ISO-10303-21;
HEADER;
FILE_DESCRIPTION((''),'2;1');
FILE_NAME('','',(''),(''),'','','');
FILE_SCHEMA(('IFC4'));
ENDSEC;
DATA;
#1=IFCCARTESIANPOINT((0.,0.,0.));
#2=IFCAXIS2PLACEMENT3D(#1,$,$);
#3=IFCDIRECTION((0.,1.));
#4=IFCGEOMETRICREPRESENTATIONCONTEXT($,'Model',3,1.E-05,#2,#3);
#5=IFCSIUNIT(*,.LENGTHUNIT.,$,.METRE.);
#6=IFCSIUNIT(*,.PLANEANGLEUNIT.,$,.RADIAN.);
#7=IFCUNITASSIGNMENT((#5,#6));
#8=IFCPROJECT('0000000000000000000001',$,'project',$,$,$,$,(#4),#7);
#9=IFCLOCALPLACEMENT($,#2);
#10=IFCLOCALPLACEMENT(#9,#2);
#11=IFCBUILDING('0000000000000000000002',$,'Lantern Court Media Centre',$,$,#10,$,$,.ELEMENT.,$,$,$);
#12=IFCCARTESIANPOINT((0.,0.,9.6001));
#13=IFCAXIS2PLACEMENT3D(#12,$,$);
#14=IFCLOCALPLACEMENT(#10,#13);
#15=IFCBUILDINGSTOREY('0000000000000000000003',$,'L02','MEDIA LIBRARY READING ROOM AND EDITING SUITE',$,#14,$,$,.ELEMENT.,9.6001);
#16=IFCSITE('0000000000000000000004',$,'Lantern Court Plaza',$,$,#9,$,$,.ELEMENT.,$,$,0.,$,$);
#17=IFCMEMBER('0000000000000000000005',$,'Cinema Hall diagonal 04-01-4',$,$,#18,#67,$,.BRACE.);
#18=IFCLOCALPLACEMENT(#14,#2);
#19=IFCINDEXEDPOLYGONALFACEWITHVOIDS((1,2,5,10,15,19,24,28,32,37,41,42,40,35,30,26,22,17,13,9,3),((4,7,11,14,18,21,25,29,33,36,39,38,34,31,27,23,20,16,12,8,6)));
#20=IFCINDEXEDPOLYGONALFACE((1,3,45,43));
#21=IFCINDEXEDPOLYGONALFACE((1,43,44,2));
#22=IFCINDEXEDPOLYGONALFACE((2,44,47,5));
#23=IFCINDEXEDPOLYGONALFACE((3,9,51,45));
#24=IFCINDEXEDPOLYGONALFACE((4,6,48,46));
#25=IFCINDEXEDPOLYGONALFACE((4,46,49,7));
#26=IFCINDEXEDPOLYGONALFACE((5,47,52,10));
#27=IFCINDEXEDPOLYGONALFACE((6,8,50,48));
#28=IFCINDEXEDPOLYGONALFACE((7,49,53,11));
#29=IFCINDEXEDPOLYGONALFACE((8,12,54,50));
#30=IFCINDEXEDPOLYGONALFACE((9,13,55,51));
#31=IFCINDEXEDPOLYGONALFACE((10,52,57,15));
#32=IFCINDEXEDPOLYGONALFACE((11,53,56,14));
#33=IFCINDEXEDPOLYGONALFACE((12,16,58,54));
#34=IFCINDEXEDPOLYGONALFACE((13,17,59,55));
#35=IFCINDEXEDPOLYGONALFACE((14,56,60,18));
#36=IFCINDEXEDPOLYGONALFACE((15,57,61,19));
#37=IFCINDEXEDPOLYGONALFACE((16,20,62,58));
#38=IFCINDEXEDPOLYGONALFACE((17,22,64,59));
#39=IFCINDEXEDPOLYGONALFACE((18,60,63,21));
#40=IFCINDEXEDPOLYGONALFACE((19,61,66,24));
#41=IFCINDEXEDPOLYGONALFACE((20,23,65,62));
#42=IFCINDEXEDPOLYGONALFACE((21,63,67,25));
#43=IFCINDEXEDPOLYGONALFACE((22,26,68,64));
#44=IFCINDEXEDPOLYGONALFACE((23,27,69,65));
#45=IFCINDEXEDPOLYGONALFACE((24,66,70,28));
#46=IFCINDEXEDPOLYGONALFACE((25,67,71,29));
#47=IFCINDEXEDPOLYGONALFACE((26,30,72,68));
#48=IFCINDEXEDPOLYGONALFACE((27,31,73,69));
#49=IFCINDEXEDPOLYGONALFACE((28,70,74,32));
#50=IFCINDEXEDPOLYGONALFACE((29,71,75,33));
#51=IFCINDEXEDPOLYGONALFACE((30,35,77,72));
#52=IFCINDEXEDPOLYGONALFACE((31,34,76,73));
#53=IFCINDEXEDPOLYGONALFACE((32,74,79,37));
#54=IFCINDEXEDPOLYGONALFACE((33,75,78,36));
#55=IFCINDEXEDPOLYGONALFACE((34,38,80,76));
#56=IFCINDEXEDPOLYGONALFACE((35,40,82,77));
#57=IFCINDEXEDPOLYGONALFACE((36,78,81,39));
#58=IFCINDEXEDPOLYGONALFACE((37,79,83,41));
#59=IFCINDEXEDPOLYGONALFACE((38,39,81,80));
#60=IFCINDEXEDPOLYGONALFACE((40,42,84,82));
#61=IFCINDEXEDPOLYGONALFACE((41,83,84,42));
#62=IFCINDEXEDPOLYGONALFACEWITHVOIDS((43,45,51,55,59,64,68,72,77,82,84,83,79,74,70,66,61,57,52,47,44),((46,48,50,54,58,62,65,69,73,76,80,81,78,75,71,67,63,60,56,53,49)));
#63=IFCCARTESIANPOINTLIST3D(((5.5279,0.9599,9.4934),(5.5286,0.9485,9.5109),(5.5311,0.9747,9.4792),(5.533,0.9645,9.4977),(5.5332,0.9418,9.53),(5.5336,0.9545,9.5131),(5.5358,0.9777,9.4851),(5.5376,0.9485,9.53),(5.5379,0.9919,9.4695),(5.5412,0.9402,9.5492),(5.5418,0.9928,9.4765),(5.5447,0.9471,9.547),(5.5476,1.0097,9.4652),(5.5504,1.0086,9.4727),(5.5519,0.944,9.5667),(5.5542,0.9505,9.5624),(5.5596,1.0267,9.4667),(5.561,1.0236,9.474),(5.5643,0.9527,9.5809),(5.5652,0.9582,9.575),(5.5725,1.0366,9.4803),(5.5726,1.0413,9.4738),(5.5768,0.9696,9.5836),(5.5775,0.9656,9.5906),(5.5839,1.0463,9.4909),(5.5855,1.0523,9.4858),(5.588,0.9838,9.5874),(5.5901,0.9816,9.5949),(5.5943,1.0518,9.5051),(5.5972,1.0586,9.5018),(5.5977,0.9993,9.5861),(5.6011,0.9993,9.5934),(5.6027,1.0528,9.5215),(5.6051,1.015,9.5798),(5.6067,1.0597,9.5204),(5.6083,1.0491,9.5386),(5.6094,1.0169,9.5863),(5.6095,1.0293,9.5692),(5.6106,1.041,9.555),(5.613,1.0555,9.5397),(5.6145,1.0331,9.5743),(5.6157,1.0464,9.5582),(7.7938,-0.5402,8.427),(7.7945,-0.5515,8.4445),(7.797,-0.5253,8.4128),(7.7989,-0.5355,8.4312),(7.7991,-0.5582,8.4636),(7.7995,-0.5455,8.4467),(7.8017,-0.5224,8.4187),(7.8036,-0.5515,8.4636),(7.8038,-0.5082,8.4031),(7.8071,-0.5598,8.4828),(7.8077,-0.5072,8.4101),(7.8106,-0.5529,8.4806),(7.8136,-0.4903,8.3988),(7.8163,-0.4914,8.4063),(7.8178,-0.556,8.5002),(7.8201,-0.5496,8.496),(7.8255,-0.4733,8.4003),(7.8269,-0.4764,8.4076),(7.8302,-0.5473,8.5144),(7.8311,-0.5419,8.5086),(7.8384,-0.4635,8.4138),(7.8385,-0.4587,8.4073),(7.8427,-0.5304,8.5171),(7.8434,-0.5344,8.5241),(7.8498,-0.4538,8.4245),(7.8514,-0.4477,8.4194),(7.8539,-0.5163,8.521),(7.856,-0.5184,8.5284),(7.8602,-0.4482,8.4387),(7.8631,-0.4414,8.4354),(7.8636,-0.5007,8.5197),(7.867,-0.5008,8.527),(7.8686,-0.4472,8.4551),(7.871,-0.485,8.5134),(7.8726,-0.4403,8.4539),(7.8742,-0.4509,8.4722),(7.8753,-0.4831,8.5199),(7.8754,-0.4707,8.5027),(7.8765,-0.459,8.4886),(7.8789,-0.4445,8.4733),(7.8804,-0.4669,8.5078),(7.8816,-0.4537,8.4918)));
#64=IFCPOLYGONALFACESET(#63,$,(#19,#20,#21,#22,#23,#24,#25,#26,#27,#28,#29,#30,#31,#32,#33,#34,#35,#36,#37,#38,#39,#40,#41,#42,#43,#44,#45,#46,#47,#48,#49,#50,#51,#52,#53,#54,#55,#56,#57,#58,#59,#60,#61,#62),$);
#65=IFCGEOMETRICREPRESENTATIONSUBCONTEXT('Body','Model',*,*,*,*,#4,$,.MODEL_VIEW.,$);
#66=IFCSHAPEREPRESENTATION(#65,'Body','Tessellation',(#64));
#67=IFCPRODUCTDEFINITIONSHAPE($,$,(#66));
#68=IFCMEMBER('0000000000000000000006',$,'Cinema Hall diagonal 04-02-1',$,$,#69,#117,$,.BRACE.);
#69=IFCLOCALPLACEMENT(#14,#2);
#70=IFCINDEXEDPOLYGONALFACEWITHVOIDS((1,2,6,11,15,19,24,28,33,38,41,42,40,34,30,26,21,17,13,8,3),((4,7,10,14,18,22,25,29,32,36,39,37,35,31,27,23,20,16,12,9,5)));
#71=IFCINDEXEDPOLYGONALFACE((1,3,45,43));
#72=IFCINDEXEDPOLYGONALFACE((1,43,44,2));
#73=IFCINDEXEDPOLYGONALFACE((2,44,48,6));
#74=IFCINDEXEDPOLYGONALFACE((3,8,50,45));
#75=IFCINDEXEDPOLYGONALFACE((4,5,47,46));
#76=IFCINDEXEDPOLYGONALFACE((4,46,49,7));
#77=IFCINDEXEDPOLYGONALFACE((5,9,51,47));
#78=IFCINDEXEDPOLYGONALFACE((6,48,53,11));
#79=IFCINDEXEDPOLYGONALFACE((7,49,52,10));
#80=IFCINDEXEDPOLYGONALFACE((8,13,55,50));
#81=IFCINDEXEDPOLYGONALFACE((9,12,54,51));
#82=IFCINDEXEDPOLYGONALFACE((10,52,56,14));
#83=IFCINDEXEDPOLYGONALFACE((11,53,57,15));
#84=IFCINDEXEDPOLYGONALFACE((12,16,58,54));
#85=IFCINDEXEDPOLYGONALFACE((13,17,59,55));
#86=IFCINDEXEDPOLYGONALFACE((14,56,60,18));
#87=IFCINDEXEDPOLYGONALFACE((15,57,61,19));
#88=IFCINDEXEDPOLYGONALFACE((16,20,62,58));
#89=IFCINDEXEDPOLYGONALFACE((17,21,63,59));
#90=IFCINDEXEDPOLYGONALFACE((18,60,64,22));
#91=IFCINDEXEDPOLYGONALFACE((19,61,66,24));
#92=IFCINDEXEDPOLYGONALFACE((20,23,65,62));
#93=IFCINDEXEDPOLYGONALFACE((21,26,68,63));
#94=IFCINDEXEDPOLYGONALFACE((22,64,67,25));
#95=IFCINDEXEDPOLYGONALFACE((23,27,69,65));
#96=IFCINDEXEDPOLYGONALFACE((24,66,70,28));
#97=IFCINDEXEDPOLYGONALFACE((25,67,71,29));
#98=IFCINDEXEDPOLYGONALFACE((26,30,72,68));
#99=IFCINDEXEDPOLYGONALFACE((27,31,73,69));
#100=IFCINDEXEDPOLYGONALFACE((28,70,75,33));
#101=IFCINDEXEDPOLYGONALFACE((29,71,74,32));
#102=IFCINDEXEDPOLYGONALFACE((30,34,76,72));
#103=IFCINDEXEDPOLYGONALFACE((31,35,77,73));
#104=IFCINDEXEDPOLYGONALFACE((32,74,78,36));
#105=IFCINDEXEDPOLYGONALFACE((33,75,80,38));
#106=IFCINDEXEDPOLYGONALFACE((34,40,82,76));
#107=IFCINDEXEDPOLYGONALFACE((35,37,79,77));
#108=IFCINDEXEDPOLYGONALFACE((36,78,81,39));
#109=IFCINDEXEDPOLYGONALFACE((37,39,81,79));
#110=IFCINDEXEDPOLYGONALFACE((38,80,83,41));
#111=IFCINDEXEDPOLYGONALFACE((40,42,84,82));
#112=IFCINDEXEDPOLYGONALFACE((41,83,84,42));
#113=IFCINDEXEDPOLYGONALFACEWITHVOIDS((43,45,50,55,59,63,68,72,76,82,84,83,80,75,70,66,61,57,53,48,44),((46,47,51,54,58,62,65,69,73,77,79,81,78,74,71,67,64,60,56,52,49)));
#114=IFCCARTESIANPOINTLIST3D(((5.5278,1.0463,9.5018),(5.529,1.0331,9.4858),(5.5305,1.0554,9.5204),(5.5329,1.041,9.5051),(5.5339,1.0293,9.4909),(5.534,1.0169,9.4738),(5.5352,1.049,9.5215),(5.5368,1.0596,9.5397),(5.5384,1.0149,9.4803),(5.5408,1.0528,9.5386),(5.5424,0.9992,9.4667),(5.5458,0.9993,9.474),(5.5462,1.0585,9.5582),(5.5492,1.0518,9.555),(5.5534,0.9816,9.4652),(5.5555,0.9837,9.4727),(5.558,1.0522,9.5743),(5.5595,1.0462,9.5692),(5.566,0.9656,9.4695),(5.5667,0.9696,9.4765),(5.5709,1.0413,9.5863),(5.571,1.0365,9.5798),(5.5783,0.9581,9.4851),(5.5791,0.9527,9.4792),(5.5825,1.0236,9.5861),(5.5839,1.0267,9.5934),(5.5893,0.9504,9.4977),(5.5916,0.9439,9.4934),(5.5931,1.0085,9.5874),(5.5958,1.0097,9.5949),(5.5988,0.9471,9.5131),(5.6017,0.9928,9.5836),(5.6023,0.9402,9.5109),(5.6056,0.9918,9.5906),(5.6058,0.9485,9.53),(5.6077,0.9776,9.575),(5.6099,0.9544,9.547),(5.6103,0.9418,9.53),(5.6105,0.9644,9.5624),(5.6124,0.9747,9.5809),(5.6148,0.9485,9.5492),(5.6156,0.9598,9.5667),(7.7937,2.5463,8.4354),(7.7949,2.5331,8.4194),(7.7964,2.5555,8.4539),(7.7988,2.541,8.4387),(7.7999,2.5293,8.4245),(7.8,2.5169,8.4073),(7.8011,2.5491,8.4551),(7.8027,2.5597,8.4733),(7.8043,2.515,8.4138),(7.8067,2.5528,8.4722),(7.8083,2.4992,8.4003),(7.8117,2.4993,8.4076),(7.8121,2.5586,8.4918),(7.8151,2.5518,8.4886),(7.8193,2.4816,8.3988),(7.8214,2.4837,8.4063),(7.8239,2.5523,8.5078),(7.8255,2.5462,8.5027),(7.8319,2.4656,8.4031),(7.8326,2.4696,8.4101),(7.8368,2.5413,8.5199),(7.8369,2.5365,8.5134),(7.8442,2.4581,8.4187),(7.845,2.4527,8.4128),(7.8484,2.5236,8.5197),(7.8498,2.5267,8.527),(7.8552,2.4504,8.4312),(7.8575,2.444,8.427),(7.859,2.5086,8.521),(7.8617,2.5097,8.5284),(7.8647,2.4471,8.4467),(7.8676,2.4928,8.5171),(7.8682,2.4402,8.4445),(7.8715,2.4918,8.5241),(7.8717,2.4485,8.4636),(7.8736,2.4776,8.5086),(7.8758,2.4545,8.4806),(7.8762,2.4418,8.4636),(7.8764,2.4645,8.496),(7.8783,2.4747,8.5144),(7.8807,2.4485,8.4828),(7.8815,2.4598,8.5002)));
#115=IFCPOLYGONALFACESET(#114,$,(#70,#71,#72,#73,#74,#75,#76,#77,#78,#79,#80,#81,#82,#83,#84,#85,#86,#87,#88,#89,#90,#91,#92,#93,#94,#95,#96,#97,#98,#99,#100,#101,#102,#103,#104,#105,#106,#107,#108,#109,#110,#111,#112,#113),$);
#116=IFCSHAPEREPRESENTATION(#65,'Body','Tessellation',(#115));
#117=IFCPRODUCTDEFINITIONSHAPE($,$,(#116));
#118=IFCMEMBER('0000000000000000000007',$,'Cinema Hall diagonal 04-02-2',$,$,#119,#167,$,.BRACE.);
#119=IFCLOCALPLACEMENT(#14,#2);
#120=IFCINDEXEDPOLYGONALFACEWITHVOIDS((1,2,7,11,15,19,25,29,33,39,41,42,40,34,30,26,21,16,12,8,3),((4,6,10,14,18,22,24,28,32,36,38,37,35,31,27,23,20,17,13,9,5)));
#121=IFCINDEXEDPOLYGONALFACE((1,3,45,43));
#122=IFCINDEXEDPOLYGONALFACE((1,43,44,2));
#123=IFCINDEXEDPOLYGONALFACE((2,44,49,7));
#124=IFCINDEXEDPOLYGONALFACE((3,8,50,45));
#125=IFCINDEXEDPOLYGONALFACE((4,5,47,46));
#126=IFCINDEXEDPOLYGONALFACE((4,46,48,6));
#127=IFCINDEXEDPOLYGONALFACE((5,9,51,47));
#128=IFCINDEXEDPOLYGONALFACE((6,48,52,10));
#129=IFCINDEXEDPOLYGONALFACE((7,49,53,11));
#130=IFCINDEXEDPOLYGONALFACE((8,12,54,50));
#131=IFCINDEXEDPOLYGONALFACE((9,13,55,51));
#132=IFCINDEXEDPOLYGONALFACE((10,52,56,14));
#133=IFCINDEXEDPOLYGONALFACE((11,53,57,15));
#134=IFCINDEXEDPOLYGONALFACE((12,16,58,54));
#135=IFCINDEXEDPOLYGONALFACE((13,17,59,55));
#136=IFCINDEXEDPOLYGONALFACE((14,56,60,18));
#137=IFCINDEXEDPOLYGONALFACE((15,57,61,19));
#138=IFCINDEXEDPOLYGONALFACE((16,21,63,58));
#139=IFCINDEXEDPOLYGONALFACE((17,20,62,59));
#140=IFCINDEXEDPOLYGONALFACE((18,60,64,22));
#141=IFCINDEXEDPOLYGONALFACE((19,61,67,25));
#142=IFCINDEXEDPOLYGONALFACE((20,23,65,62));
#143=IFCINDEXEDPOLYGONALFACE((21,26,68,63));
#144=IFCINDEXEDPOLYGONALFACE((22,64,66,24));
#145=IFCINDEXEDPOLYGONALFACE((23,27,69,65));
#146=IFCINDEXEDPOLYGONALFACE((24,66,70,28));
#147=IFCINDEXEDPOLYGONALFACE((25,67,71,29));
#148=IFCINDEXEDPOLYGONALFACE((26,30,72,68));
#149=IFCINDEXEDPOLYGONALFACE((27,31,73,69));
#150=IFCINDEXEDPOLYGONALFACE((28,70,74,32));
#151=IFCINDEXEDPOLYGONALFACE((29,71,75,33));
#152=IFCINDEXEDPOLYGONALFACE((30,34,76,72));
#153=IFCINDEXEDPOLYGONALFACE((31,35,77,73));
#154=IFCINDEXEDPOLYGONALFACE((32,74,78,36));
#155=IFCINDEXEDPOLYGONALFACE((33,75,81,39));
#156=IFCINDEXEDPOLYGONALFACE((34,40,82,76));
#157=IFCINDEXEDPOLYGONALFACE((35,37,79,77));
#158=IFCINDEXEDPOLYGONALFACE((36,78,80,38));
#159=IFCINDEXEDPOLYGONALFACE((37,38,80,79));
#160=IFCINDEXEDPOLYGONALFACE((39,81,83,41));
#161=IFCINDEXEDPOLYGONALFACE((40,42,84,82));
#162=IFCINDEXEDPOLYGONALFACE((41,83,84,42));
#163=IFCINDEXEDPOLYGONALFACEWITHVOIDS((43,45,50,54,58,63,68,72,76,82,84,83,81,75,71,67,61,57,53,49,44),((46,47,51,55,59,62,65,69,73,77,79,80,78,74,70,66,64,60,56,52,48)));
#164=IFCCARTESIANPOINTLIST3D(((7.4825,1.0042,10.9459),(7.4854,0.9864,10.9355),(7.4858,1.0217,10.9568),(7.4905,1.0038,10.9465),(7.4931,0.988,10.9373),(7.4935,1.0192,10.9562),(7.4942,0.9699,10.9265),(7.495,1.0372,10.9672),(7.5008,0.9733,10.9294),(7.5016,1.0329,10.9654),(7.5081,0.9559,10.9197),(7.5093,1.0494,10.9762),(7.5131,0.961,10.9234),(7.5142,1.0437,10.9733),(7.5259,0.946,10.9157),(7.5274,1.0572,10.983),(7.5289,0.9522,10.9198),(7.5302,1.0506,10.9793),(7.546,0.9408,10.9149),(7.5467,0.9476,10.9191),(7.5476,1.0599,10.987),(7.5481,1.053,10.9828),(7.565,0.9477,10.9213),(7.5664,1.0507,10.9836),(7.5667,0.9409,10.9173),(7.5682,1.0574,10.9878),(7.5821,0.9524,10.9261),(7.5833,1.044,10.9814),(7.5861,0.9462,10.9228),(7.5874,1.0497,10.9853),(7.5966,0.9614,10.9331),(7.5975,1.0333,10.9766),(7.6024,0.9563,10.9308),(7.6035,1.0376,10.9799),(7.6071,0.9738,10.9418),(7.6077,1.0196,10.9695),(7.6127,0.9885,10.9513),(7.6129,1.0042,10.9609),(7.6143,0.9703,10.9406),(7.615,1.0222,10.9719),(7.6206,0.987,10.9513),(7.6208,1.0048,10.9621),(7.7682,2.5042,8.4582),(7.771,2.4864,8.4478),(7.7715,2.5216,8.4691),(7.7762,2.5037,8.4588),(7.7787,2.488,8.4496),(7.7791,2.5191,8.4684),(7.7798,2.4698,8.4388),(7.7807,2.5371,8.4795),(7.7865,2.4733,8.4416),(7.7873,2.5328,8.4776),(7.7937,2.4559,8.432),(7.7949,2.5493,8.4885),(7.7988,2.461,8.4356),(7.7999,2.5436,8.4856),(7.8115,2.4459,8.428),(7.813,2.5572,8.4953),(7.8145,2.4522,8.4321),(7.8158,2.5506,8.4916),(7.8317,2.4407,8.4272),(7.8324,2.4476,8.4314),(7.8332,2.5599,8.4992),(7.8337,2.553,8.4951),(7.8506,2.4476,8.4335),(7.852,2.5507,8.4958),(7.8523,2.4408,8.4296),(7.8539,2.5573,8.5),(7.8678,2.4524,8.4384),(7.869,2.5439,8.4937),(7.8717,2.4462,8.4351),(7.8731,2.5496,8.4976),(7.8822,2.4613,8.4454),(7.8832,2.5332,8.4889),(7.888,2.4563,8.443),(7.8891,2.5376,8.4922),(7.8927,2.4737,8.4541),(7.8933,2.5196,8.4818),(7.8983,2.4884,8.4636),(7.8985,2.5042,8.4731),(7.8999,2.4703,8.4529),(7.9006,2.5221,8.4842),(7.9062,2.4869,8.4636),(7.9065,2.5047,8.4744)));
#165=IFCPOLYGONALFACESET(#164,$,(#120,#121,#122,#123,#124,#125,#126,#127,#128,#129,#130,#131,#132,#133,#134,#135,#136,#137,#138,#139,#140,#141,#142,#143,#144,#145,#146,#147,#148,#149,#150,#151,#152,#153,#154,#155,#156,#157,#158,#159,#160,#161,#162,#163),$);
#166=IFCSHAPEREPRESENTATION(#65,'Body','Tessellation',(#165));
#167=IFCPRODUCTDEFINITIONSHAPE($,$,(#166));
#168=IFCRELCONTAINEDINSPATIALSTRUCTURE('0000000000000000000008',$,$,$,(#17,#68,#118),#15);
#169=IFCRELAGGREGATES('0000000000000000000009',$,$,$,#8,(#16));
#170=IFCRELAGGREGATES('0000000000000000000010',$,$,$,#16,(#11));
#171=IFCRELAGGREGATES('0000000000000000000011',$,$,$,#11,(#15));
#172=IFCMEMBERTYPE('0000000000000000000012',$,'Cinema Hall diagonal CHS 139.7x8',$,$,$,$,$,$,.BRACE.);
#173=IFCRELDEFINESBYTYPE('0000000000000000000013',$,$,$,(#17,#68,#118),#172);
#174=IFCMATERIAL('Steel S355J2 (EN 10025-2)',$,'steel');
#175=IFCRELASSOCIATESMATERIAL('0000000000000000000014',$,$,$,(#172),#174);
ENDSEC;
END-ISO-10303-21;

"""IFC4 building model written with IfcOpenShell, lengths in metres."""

from ifc_helpers import new_model, si_unit, direction, frame, origin, origin_2d, place, context, subcontext, project, spatial, hollow_circle, extrude, material, material_profile, profile_set, type_object, element, save


model = new_model("IFC4")

# Units and contexts
model_context = context("Model", 3, precision=1e-05, world=origin(), true_north=direction((0.0, 1.0)))
body_context = subcontext(model_context, "Body", "Model", "MODEL_VIEW")
ifc_project = project(units=[si_unit("LENGTHUNIT", "METRE"), si_unit("PLANEANGLEUNIT", "RADIAN")], contexts=[model_context])

# Site, building, storey
site_placement = place(None, origin())
site = spatial("IfcSite", under=ifc_project, at=site_placement, Name="Lantern Court Plaza", CompositionType="ELEMENT", RefElevation=0.0)
building_placement = place(site_placement, origin())
building = spatial("IfcBuilding", under=site, at=building_placement, Name="Lantern Court Media Centre", CompositionType="ELEMENT")
storey_placement = place(building_placement, frame((0.0, 0.0, 9.6001)))
storey = spatial("IfcBuildingStorey", under=building, at=storey_placement, Name="L02", Description="MEDIA LIBRARY READING ROOM AND EDITING SUITE", CompositionType="ELEMENT", Elevation=9.6001)

# Members
ifc_material_1 = material(Name="Steel S355J2 (EN 10025-2)", Category="steel")
ifc_material_profile_1 = material_profile(ifc_material_1, hollow_circle(Radius=0.0698, WallThickness=0.0081, at=origin_2d()), Name="Cinema Hall diagonal CHS 139.7x8")
ifc_profile_set_1 = profile_set([ifc_material_profile_1], Name="Steel S355J2 (EN 10025-2)")
member_type_1 = type_object("IfcMemberType", Name="Cinema Hall diagonal CHS 139.7x8", PredefinedType="BRACE", material=ifc_profile_set_1)
for number, where, z_axis, x_axis, name in (
    (1, (7.8376, -0.5, 8.4636), (-0.776211, 0.51385, 0.365315), (-0.552002, -0.833843, 0.0), "Cinema Hall diagonal 04-01-4"),
    (2, (7.8376, 2.5, 8.4636), (-0.776211, -0.51385, 0.365315), (0.552002, -0.833843, 0.0), "Cinema Hall diagonal 04-02-1"),
):
    element("IfcMember", number, at=place(storey_placement, frame(where, z_axis=z_axis, x_axis=x_axis)), inside=storey, type_object=member_type_1, Name=name, PredefinedType="BRACE", context=body_context, shape_type="SweptSolid", body=[
        extrude(hollow_circle(Radius=0.0698, WallThickness=0.0081, at=origin_2d()), origin(), (0.0, 0.0, 1.0), 2.9192),
    ])
for number, where, z_axis, x_axis, name in (
    (3, (7.8376, 2.5, 8.4636), (-0.097856, -0.51387, 0.852268), (0.982347, -0.187068, 0.0), "Cinema Hall diagonal 04-02-2"),
):
    element("IfcMember", number, at=place(storey_placement, frame(where, z_axis=z_axis, x_axis=x_axis)), inside=storey, type_object=member_type_1, Name=name, PredefinedType="BRACE", context=body_context, shape_type="SweptSolid", body=[
        extrude(hollow_circle(Radius=0.0698, WallThickness=0.0081, at=origin_2d()), origin(), (0.0, 0.0, 1.0), 2.9189),
    ])

save(model, "model.ifc")
